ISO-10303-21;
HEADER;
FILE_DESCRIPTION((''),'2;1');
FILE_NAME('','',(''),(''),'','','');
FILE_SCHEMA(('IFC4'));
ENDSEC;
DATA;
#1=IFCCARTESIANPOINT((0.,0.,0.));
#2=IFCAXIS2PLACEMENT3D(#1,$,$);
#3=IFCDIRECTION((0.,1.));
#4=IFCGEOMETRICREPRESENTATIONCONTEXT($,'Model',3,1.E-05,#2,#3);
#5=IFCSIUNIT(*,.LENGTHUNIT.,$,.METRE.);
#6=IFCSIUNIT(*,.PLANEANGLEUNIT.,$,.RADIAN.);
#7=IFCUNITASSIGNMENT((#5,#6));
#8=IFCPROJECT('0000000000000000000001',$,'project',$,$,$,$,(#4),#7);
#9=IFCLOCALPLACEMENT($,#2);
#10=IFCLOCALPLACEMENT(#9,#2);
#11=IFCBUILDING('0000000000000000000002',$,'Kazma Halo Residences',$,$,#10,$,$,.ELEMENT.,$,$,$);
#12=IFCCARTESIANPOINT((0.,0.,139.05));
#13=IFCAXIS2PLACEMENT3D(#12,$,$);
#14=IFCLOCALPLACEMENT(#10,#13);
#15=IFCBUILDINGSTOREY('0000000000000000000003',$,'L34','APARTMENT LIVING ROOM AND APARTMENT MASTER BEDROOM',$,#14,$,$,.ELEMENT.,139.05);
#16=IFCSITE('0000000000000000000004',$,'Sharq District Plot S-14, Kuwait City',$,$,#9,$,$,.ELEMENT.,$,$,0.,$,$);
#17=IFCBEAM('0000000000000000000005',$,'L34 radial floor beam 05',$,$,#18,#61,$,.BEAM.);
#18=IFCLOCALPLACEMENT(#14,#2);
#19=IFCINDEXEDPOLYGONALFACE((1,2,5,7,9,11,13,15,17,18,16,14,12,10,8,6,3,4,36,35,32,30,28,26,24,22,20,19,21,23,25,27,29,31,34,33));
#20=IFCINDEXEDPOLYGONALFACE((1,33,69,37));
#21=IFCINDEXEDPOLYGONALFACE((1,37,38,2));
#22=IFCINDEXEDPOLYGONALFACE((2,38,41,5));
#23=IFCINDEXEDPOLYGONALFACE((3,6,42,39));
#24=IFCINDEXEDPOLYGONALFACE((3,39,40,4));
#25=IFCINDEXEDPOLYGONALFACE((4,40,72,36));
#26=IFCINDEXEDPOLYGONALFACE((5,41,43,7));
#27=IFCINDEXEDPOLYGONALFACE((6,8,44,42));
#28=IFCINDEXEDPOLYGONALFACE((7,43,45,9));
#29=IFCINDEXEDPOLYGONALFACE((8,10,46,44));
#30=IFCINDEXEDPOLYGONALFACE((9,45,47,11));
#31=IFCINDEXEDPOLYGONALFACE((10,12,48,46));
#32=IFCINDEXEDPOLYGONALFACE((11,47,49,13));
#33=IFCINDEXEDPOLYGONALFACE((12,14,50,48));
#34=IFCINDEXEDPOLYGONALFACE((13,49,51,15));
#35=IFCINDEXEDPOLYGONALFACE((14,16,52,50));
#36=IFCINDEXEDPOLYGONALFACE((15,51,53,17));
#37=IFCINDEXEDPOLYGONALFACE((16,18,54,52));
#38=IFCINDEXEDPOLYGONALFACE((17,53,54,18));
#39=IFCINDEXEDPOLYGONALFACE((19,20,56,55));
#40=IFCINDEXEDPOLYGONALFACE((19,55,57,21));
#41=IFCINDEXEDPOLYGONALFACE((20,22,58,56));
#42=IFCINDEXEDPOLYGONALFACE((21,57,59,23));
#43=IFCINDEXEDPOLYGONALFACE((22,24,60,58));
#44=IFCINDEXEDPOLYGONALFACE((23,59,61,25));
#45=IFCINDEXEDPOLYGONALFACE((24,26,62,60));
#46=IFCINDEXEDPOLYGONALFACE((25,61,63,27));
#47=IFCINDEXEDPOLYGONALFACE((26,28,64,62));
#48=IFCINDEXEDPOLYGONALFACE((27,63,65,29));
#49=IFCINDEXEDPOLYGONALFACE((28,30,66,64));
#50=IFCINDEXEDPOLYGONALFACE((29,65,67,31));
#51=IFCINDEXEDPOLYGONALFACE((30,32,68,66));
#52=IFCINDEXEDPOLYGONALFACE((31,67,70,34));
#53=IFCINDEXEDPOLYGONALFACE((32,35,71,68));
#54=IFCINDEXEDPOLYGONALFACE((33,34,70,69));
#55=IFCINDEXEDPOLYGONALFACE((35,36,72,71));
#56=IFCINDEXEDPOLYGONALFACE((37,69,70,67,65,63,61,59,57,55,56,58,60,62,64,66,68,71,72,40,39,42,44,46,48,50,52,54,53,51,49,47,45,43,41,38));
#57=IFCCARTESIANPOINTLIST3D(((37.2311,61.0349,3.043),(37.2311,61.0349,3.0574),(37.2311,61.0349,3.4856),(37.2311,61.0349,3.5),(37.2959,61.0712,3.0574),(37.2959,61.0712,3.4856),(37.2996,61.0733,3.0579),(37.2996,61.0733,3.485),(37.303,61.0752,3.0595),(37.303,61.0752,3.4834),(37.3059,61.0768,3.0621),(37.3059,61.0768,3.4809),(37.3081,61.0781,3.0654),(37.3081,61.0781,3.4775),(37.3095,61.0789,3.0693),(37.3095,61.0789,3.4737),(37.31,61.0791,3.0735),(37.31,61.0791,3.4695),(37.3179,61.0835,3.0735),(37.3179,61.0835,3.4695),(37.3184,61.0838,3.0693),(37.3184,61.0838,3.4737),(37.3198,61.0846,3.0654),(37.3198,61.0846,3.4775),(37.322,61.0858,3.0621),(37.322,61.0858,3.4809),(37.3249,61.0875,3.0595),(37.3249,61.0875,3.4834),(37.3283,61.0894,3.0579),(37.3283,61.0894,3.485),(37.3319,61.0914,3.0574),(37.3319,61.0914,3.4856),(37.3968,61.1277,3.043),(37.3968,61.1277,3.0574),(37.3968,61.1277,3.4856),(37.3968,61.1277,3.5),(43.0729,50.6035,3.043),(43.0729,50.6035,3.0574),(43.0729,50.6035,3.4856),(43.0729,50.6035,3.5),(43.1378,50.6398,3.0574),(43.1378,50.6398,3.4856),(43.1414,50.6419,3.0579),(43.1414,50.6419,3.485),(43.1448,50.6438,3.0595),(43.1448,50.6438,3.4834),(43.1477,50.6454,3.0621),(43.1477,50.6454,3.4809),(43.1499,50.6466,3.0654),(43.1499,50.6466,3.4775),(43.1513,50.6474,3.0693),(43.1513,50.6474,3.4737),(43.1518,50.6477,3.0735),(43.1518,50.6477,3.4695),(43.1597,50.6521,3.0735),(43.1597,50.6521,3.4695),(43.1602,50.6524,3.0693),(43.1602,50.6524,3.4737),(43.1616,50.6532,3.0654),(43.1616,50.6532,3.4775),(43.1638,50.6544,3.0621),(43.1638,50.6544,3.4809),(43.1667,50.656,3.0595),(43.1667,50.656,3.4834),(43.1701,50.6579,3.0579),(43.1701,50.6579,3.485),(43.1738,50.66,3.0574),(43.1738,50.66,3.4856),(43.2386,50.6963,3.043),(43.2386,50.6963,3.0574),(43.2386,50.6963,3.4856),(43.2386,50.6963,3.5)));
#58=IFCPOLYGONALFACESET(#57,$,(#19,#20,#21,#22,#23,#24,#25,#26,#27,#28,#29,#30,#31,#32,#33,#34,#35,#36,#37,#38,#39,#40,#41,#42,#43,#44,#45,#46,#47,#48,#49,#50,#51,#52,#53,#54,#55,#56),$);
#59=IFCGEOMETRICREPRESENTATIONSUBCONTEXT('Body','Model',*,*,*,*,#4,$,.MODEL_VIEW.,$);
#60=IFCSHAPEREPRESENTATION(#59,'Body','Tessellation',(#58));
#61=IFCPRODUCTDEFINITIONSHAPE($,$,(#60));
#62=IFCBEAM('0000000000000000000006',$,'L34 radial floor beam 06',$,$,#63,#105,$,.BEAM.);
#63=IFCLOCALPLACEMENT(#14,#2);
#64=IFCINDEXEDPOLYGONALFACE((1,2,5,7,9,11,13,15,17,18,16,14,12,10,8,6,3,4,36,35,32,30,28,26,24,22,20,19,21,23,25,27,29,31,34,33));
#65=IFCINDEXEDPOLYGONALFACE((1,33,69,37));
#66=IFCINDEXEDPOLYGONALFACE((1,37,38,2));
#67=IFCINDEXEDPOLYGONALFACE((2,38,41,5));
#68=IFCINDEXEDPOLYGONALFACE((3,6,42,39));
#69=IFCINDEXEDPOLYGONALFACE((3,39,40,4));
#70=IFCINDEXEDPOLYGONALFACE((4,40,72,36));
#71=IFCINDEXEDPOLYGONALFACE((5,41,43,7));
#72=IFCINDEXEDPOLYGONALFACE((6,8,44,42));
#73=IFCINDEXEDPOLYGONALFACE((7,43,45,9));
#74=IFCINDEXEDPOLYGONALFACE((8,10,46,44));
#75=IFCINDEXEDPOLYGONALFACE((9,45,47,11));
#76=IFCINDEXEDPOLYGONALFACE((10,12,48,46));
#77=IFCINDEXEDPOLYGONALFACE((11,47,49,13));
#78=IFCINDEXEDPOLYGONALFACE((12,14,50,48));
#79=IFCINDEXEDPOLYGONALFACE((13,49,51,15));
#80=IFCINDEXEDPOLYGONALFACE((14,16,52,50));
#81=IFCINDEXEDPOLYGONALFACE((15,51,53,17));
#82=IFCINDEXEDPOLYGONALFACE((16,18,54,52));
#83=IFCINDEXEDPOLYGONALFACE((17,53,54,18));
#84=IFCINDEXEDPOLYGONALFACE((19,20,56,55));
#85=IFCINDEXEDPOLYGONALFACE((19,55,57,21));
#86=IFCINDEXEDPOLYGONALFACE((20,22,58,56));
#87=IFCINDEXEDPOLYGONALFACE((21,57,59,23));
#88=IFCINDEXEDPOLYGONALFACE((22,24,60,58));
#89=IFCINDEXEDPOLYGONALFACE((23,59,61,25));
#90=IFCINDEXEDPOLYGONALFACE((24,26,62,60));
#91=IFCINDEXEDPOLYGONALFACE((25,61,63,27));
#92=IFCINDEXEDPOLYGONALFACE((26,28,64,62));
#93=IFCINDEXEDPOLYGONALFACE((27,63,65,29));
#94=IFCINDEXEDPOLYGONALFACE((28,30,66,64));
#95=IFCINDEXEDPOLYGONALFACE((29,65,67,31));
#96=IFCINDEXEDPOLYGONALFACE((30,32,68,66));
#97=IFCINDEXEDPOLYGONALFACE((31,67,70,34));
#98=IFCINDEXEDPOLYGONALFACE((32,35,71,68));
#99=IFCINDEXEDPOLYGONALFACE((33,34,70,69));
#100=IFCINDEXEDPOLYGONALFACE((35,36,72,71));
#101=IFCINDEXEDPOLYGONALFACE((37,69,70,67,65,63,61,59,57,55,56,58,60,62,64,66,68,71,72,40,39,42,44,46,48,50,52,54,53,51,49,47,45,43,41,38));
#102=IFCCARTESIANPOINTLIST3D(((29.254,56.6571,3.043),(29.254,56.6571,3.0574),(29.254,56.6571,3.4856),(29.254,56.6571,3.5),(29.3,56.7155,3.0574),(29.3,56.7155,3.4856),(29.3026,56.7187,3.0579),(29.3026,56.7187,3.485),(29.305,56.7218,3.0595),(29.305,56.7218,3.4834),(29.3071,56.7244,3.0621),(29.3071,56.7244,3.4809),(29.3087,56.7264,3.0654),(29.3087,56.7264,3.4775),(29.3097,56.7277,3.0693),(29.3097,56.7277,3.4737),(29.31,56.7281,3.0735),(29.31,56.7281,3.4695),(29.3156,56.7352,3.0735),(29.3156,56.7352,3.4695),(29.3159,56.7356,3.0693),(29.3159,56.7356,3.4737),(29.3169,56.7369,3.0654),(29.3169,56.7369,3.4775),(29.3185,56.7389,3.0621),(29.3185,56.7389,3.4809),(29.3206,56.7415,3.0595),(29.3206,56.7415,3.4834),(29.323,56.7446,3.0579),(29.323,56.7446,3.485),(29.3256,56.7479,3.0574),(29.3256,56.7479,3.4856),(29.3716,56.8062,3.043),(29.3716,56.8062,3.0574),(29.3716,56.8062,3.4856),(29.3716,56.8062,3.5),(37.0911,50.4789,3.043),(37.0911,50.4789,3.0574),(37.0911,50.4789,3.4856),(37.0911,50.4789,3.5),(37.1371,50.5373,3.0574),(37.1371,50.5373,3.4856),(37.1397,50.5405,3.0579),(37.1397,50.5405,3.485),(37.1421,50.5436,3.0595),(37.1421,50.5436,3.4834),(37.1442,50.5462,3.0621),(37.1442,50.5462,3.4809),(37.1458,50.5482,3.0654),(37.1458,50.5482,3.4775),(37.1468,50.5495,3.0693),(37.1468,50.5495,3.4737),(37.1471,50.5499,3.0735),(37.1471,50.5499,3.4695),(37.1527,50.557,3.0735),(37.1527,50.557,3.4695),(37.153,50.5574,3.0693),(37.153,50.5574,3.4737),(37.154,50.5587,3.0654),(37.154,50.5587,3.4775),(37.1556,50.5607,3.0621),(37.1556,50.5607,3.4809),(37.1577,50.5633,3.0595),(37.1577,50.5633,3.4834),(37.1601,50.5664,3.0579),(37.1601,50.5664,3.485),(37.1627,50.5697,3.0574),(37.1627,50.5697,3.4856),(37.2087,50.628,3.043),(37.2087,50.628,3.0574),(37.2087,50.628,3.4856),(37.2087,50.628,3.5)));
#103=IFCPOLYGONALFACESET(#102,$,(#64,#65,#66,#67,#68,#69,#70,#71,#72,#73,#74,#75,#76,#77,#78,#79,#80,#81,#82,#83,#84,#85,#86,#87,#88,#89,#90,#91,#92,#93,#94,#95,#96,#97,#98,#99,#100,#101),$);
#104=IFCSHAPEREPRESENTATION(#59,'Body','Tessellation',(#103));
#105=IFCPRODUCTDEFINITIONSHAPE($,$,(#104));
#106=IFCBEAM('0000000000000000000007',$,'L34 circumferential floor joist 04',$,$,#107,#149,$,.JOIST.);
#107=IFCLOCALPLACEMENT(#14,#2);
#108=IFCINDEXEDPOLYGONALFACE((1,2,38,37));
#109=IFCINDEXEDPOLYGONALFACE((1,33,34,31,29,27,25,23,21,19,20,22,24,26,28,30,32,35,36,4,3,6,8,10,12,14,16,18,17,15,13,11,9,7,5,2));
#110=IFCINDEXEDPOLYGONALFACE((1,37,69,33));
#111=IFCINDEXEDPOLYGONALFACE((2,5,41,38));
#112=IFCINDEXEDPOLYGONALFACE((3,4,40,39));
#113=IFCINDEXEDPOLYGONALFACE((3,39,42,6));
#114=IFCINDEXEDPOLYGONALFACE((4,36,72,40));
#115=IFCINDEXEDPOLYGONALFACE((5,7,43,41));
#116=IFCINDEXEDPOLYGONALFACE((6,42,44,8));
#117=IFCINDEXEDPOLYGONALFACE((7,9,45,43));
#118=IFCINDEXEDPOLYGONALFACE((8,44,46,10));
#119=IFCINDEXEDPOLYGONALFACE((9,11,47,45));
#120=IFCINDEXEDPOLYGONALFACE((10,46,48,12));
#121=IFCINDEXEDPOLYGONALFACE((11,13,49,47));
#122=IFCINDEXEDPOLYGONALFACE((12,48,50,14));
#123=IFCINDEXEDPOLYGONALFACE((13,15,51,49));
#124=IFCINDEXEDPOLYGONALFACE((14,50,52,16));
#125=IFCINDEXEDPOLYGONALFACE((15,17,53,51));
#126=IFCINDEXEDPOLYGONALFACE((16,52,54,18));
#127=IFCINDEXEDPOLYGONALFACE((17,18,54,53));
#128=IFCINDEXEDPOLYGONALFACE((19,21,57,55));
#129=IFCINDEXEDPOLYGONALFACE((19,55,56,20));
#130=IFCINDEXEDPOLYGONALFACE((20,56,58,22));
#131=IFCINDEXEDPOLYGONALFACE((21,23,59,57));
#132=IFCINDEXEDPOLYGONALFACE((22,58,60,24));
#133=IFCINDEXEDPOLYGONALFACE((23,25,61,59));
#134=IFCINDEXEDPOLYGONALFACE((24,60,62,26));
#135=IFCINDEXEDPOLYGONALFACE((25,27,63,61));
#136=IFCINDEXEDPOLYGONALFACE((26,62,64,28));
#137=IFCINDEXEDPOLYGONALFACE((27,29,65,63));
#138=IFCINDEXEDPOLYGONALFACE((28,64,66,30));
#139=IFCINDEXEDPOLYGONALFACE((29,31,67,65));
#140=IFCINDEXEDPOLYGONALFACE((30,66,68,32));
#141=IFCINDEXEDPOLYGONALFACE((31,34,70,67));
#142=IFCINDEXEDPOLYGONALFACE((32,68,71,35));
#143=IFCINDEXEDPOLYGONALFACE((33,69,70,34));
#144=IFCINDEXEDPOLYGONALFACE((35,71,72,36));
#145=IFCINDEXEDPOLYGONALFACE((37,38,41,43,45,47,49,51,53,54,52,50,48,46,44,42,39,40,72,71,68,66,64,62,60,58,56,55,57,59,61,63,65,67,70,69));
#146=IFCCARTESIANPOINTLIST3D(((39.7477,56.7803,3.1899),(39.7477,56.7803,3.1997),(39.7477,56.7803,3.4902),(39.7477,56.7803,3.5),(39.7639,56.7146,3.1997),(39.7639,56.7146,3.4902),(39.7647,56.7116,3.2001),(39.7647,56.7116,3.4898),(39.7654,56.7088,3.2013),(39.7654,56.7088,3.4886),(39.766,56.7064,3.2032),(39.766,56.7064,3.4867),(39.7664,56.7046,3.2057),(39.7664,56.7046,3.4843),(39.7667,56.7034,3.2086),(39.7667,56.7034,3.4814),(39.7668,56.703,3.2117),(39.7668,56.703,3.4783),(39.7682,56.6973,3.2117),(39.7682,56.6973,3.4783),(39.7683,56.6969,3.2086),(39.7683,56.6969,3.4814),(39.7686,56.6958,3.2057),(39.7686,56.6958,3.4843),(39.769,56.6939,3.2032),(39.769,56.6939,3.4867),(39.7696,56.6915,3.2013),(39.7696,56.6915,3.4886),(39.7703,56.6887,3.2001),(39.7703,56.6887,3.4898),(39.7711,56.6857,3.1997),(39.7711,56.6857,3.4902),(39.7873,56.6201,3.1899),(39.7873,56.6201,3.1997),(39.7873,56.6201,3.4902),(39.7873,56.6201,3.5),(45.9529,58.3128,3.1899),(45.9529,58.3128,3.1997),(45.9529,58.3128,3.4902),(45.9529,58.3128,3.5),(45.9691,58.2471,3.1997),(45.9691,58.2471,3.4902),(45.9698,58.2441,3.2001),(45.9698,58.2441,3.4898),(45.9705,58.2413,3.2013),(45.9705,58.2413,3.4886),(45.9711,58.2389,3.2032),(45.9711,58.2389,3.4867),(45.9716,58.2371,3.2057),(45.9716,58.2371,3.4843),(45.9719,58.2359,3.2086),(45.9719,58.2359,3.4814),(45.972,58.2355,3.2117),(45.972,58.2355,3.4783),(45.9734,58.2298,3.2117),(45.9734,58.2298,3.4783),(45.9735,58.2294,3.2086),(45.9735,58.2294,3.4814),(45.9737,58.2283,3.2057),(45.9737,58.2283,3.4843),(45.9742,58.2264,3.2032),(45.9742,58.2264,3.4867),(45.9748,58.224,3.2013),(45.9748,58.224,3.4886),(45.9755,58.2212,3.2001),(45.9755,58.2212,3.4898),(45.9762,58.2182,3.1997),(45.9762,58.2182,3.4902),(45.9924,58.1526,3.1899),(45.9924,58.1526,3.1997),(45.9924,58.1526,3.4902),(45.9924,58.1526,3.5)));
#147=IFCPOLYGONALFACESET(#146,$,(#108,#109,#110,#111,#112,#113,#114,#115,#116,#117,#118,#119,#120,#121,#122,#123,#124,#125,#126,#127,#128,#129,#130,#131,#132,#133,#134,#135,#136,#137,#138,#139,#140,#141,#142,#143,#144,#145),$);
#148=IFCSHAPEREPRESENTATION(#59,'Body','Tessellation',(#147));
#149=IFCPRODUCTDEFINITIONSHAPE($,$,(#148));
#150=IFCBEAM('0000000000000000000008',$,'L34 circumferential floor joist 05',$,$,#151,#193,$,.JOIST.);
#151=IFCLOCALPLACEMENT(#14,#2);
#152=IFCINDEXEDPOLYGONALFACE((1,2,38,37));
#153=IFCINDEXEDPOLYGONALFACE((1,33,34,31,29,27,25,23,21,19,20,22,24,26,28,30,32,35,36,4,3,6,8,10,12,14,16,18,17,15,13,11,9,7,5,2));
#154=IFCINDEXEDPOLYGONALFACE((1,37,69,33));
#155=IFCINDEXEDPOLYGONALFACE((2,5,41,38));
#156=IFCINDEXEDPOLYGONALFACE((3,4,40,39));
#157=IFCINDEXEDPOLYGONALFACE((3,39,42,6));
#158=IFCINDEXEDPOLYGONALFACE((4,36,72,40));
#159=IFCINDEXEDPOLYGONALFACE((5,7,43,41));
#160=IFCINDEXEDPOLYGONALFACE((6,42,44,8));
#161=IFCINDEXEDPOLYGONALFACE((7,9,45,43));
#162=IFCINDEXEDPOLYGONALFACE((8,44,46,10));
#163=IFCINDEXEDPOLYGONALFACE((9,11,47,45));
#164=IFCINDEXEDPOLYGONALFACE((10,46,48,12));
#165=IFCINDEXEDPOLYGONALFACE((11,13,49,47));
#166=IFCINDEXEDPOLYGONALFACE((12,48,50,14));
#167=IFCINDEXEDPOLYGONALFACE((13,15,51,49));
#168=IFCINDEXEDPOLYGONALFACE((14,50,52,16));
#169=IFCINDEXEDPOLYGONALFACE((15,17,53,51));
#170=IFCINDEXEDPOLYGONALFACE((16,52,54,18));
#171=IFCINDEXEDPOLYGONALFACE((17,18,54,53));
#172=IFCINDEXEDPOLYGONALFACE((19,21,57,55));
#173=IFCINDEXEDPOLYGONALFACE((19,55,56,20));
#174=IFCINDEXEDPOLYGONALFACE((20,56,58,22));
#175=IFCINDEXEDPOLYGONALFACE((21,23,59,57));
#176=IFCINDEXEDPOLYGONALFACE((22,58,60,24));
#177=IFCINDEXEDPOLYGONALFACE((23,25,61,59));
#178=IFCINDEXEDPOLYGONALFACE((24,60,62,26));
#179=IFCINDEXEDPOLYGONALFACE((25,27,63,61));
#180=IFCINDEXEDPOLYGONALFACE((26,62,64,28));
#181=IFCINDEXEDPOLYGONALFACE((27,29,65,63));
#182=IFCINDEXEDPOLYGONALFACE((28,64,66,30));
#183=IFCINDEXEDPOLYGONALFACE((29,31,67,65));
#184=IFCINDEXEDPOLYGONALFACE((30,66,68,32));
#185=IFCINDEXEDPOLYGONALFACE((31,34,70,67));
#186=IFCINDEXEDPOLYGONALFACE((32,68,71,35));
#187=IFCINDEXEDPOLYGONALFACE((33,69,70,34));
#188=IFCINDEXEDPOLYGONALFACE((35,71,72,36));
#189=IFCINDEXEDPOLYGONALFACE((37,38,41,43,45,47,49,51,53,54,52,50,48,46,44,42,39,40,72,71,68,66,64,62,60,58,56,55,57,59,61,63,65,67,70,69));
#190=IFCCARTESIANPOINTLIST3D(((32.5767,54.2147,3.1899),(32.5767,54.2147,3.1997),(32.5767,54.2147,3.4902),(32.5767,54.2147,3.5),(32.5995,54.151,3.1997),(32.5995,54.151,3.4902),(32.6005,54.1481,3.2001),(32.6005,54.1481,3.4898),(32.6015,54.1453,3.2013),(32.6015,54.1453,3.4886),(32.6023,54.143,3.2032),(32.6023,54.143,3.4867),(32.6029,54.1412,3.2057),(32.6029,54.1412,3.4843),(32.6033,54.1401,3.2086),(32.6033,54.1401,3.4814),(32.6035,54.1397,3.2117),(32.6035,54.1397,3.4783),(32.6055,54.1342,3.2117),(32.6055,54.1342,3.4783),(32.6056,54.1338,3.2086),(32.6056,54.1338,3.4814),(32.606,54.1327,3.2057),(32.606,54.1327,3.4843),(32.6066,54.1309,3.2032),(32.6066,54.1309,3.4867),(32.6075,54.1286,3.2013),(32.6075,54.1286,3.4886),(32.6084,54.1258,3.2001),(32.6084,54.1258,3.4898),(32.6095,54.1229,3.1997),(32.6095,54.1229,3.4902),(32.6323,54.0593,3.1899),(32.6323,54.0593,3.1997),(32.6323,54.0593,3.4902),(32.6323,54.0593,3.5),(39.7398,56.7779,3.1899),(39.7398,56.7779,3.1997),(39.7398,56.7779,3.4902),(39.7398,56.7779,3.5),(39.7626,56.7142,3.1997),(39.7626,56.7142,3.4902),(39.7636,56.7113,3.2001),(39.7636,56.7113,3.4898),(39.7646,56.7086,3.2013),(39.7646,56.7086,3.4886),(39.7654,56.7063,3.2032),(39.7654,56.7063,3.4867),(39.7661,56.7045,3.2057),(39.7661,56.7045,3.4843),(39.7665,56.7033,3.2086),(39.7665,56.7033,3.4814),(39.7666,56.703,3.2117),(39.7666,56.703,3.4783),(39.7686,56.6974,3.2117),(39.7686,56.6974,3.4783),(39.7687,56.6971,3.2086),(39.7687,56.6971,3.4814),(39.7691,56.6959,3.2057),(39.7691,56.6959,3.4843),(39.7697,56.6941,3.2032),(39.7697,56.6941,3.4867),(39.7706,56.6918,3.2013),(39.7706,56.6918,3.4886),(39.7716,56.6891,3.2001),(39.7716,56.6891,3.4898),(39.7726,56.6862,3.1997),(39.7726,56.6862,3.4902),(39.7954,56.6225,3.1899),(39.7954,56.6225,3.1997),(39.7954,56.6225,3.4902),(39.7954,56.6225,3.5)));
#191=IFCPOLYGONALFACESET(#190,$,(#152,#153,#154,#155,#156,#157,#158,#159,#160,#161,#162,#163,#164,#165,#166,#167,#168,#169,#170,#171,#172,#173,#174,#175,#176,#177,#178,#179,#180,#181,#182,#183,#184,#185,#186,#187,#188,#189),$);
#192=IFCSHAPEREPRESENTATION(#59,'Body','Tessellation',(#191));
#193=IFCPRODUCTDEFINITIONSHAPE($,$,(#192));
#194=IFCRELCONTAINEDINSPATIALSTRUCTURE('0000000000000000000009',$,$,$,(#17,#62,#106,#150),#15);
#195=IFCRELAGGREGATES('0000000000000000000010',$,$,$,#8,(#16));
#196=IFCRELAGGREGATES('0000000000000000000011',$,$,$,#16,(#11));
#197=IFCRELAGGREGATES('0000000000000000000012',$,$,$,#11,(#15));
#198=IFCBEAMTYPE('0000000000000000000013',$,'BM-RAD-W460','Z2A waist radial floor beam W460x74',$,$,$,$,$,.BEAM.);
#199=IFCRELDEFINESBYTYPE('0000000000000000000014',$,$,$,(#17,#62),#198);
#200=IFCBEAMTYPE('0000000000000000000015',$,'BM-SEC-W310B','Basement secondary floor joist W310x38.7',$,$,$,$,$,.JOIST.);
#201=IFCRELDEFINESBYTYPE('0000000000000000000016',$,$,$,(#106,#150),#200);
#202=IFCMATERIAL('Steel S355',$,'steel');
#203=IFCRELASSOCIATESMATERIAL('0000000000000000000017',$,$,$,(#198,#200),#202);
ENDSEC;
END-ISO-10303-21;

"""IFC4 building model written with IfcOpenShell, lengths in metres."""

from ifc_helpers import new_model, si_unit, direction, frame, origin, origin_2d, place, context, subcontext, project, spatial, i_section, extrude, material, material_profile, profile_set, type_object, element, save


model = new_model("IFC4")

# Units and contexts
model_context = context("Model", 3, precision=1e-05, world=origin(), true_north=direction((0.0, 1.0)))
body_context = subcontext(model_context, "Body", "Model", "MODEL_VIEW")
ifc_project = project(units=[si_unit("LENGTHUNIT", "METRE"), si_unit("PLANEANGLEUNIT", "RADIAN")], contexts=[model_context])

# Site, building, storey
site_placement = place(None, origin())
site = spatial("IfcSite", under=ifc_project, at=site_placement, Name="Sharq District Plot S-14, Kuwait City", CompositionType="ELEMENT", RefElevation=0.0)
building_placement = place(site_placement, origin())
building = spatial("IfcBuilding", under=site, at=building_placement, Name="Kazma Halo Residences", CompositionType="ELEMENT")
storey_placement = place(building_placement, frame((0.0, 0.0, 139.05)))
storey = spatial("IfcBuildingStorey", under=building, at=storey_placement, Name="L34", Description="APARTMENT LIVING ROOM AND APARTMENT MASTER BEDROOM", CompositionType="ELEMENT", Elevation=139.05)

# Beams
ifc_material_1 = material(Name="Steel S355", Category="steel")
ifc_material_profile_1 = material_profile(ifc_material_1, i_section(OverallWidth=0.1899, OverallDepth=0.457, WebThickness=0.009, FlangeThickness=0.0144, FilletRadius=0.0161, at=origin_2d()), Name="W460x74")
ifc_profile_set_1 = profile_set([ifc_material_profile_1], Name="Steel S355")
beam_type_1 = type_object("IfcBeamType", Name="BM-RAD-W460", Description="Z2A waist radial floor beam W460x74", PredefinedType="BEAM", material=ifc_profile_set_1)
beam_1_placement = place(storey_placement, frame((43.1558, 50.6499, 3.2715), z_axis=(-0.488617, 0.872498, 0.0), x_axis=(-0.872498, -0.488617, 0.0)))
element("IfcBeam", 1, at=beam_1_placement, inside=storey, type_object=beam_type_1, Name="L34 radial floor beam 05", PredefinedType="BEAM", context=body_context, shape_type="SweptSolid", body=[
    extrude(i_section(OverallWidth=0.1899, OverallDepth=0.457, WebThickness=0.009, FlangeThickness=0.0144, FilletRadius=0.0161, at=origin_2d()), origin(), (0.0, 0.0, 1.0), 11.9558),
])
beam_2_placement = place(storey_placement, frame((37.1499, 50.5535, 3.2715), z_axis=(-0.785322, 0.619088, 0.0), x_axis=(-0.619088, -0.785322, 0.0)))
element("IfcBeam", 2, at=beam_2_placement, inside=storey, type_object=beam_type_1, Name="L34 radial floor beam 06", PredefinedType="BEAM", context=body_context, shape_type="SweptSolid", body=[
    extrude(i_section(OverallWidth=0.1899, OverallDepth=0.457, WebThickness=0.009, FlangeThickness=0.0144, FilletRadius=0.0161, at=origin_2d()), origin(), (0.0, 0.0, 1.0), 9.9795),
])
ifc_material_profile_2 = material_profile(ifc_material_1, i_section(OverallWidth=0.165, OverallDepth=0.3101, WebThickness=0.0059, FlangeThickness=0.0098, FilletRadius=0.012, at=origin_2d()), Name="W310x38.7")
ifc_profile_set_2 = profile_set([ifc_material_profile_2], Name="Steel S355")
beam_type_2 = type_object("IfcBeamType", Name="BM-SEC-W310B", Description="Basement secondary floor joist W310x38.7", PredefinedType="JOIST", material=ifc_profile_set_2)
beam_3_placement = place(storey_placement, frame((45.9727, 58.2327, 3.345), z_axis=(-0.970831, -0.239766, 0.0), x_axis=(0.239766, -0.970831, 0.0)))
element("IfcBeam", 3, at=beam_3_placement, inside=storey, type_object=beam_type_2, Name="L34 circumferential floor joist 04", PredefinedType="JOIST", context=body_context, shape_type="SweptSolid", body=[
    extrude(i_section(OverallWidth=0.165, OverallDepth=0.3101, WebThickness=0.0059, FlangeThickness=0.0098, FilletRadius=0.012, at=origin_2d()), origin(), (0.0, 0.0, 1.0), 6.3916),
])
beam_4_placement = place(storey_placement, frame((39.7676, 56.7002, 3.345), z_axis=(-0.941534, -0.336918, 0.0), x_axis=(0.336918, -0.941534, 0.0)))
element("IfcBeam", 4, at=beam_4_placement, inside=storey, type_object=beam_type_2, Name="L34 circumferential floor joist 05", PredefinedType="JOIST", context=body_context, shape_type="SweptSolid", body=[
    extrude(i_section(OverallWidth=0.165, OverallDepth=0.3101, WebThickness=0.0059, FlangeThickness=0.0098, FilletRadius=0.012, at=origin_2d()), origin(), (0.0, 0.0, 1.0), 7.6079),
])

save(model, "model.ifc")
